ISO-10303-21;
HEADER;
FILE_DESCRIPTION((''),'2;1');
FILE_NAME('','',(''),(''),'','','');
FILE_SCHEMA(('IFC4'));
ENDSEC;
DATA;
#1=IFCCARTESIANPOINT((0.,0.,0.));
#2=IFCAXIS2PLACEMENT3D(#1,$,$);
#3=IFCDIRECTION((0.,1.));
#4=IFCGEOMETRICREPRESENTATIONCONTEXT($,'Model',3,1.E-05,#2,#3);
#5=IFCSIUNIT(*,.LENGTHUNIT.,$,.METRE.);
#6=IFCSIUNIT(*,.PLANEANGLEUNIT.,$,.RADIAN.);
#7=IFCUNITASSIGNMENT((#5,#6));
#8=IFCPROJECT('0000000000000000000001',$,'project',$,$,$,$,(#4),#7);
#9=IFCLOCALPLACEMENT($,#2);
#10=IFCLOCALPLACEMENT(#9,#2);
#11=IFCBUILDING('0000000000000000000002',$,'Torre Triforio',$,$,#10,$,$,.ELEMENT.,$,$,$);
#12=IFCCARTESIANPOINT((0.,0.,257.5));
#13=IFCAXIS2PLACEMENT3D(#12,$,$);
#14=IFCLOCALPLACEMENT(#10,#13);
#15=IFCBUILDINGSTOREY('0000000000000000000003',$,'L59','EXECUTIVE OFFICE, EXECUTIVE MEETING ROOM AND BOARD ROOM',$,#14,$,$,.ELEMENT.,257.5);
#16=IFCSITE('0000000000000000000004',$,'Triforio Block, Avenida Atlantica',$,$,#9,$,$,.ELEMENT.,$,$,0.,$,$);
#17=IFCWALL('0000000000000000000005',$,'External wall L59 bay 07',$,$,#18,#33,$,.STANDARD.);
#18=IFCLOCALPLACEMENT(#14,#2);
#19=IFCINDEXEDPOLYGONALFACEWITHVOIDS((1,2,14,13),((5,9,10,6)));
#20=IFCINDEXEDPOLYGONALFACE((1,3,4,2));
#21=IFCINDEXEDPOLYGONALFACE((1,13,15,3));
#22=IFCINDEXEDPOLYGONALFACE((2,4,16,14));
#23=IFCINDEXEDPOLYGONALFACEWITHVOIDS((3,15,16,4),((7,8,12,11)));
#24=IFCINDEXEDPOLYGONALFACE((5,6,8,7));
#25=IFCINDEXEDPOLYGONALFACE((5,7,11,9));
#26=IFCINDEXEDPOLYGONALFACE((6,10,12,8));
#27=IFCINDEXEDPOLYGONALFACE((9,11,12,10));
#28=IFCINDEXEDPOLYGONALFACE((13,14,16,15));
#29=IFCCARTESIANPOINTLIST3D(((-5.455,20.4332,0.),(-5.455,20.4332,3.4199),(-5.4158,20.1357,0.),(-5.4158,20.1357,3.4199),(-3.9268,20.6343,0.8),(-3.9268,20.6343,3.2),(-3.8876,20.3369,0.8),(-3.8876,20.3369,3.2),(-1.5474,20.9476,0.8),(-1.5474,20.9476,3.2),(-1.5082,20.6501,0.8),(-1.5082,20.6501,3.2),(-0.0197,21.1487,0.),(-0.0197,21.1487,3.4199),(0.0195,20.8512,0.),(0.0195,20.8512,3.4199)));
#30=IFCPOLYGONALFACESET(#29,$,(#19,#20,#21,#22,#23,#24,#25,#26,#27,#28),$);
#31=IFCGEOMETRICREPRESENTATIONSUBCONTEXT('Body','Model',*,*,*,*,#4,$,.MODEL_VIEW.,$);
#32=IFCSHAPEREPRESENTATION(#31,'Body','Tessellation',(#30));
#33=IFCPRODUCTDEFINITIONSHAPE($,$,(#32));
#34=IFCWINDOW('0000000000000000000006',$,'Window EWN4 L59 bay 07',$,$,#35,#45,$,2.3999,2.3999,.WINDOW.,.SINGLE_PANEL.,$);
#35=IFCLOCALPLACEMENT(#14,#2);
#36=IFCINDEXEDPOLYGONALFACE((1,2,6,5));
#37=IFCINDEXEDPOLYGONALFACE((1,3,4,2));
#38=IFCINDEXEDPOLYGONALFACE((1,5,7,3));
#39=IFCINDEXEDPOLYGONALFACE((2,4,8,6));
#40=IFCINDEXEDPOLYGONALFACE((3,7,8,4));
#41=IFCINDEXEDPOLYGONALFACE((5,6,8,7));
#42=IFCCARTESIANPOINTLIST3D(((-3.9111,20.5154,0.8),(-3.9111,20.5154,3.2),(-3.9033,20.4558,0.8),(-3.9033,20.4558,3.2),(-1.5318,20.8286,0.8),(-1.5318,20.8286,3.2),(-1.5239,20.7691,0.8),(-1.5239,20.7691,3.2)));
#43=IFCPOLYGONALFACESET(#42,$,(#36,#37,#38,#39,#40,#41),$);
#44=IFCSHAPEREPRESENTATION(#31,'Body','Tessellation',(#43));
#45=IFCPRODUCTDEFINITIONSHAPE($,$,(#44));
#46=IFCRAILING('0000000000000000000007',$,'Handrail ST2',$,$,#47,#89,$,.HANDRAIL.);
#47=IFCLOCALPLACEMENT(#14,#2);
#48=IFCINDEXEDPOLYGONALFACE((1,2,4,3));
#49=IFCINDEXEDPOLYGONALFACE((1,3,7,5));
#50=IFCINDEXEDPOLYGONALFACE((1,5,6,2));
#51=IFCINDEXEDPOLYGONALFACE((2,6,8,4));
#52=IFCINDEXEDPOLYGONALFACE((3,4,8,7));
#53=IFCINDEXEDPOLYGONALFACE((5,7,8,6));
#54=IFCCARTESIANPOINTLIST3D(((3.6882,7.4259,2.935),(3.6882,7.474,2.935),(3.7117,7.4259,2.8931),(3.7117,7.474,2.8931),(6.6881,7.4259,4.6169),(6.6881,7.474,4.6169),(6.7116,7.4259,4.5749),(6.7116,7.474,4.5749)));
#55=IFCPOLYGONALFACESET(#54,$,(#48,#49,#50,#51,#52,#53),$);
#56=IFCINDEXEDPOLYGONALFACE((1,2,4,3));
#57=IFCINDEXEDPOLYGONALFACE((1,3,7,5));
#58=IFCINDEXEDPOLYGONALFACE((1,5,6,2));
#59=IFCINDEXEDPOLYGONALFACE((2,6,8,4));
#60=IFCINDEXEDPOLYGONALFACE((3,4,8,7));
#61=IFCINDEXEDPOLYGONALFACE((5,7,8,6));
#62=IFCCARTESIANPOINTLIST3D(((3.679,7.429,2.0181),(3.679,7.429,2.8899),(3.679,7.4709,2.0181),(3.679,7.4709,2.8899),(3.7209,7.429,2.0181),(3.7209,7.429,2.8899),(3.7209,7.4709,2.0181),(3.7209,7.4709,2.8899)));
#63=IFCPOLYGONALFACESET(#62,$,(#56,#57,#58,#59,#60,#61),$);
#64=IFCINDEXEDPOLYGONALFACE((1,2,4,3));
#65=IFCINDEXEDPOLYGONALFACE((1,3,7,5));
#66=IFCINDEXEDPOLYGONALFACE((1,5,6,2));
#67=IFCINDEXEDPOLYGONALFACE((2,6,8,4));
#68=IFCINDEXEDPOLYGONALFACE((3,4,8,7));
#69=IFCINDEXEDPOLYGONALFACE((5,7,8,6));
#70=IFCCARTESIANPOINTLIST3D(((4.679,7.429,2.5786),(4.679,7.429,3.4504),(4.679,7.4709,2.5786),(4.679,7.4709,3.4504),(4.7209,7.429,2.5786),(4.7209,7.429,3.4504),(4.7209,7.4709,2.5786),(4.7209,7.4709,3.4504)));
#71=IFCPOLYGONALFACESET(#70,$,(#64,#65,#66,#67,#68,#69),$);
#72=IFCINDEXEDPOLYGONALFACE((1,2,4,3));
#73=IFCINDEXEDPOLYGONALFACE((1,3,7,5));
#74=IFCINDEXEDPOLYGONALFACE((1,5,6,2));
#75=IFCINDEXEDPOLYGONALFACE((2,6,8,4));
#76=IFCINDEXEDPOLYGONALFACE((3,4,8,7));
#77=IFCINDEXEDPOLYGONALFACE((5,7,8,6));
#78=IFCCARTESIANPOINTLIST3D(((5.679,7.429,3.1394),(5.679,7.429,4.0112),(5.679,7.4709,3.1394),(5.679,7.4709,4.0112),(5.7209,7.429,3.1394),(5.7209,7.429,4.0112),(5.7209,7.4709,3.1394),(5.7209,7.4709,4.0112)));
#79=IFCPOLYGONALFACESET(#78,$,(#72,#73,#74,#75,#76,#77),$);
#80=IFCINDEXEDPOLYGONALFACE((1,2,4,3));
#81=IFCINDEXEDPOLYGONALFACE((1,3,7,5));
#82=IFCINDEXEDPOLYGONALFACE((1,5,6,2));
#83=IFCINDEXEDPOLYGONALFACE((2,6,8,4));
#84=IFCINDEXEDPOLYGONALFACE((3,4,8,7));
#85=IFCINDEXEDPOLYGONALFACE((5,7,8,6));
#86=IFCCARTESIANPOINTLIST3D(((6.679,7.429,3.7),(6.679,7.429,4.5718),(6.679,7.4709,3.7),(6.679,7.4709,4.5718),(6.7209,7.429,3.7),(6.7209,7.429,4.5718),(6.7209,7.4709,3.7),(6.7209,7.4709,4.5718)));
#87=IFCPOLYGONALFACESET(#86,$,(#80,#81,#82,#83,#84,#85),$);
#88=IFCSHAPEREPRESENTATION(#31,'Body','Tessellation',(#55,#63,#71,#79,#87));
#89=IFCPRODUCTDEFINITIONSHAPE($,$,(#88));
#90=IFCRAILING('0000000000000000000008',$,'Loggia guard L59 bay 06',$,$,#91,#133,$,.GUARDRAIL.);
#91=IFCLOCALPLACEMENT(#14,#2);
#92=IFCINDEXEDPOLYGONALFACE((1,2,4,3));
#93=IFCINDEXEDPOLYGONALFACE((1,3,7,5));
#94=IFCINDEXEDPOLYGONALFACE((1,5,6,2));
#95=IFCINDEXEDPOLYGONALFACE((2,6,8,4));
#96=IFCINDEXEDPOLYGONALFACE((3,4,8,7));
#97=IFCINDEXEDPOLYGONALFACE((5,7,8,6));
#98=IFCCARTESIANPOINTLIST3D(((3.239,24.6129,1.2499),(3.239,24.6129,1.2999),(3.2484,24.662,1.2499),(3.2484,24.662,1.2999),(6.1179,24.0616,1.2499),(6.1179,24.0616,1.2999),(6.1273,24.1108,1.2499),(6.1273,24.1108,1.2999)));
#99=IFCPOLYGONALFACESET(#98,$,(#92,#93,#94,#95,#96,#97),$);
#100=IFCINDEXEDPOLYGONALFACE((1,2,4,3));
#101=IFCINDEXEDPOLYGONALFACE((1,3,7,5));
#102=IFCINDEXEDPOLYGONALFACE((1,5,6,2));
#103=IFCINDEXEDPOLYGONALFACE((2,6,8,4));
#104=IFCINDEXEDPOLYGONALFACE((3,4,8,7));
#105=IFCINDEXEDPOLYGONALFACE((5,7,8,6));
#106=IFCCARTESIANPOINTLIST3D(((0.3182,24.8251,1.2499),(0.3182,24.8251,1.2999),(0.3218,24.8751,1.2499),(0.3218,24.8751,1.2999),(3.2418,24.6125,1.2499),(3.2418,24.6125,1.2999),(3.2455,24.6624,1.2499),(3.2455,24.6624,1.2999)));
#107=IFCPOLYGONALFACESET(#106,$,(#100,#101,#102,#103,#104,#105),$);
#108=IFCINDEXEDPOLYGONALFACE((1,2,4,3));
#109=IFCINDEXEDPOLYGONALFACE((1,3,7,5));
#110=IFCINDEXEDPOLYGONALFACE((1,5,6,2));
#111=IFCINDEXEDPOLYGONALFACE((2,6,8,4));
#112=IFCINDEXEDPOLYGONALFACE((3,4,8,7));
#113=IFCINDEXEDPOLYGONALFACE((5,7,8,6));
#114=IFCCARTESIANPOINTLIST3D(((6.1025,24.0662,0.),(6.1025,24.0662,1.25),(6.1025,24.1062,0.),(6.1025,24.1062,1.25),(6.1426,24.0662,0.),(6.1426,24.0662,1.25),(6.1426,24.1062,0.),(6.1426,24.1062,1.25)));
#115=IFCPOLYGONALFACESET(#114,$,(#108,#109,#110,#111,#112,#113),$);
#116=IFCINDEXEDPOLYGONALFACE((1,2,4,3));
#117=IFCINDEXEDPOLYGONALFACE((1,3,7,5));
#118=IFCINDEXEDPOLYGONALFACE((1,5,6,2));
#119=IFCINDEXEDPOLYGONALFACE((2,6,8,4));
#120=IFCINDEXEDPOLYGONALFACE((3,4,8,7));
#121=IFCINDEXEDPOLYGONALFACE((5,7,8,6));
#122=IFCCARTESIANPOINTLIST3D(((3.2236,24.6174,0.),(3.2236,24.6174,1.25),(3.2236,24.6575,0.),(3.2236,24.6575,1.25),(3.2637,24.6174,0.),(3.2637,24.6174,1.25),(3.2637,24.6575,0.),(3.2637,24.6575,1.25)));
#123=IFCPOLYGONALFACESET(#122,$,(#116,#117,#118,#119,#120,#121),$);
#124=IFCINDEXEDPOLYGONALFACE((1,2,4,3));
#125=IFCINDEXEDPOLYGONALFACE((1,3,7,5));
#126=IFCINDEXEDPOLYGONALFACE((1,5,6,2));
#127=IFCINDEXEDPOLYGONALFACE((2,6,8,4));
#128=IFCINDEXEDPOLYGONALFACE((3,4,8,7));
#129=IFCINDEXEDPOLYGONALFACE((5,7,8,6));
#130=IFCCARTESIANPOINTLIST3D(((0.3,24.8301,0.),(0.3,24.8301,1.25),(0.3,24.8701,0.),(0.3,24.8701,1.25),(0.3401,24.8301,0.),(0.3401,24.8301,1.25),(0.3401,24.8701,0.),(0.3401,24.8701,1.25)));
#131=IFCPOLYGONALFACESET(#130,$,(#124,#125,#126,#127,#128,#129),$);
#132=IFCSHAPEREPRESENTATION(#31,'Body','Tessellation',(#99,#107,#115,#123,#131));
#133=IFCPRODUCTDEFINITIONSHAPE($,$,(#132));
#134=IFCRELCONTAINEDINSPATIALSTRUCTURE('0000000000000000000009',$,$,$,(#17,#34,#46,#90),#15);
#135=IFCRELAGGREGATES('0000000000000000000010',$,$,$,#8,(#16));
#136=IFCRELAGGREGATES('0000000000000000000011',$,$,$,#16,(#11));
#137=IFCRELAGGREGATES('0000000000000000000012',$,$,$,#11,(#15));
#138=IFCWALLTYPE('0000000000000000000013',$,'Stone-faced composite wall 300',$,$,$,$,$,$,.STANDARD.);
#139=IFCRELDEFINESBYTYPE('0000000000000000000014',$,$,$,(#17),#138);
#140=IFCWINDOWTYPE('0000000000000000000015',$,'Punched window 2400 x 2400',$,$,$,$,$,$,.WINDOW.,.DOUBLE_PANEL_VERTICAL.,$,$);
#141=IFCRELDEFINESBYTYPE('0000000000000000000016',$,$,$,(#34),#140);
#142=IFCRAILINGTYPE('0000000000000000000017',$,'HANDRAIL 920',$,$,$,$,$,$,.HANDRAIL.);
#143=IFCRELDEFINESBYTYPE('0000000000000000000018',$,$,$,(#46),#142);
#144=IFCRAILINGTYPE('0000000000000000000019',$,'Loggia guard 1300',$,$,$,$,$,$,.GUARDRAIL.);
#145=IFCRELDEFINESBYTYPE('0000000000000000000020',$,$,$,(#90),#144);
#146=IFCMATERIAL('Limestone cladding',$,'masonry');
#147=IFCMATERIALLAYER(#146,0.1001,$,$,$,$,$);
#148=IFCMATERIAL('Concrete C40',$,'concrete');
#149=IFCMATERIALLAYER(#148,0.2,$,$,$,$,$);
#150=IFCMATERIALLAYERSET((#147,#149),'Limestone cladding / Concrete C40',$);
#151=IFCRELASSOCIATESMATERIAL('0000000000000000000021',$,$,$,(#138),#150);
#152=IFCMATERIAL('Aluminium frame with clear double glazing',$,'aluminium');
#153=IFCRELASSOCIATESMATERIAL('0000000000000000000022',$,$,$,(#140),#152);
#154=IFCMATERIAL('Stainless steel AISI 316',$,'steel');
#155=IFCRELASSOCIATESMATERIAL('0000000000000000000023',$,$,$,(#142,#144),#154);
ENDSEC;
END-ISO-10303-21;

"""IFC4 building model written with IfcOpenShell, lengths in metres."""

from ifc_helpers import new_model, si_unit, direction, frame, frame_2d, origin, origin_2d, place, context, subcontext, project, spatial, rectangle, extrude, material, layer, layer_set, type_object, element, fill, save


model = new_model("IFC4")

# Units and contexts
model_context = context("Model", 3, precision=1e-05, world=origin(), true_north=direction((0.0, 1.0)))
body_context = subcontext(model_context, "Body", "Model", "MODEL_VIEW")
ifc_project = project(units=[si_unit("LENGTHUNIT", "METRE"), si_unit("PLANEANGLEUNIT", "RADIAN")], contexts=[model_context])

# Site, building, storey
site_placement = place(None, origin())
site = spatial("IfcSite", under=ifc_project, at=site_placement, Name="Triforio Block, Avenida Atlantica", CompositionType="ELEMENT", RefElevation=0.0)
building_placement = place(site_placement, origin())
building = spatial("IfcBuilding", under=site, at=building_placement, Name="Torre Triforio", CompositionType="ELEMENT")
storey_placement = place(building_placement, frame((0.0, 0.0, 257.5)))
storey = spatial("IfcBuildingStorey", under=building, at=storey_placement, Name="L59", Description="EXECUTIVE OFFICE, EXECUTIVE MEETING ROOM AND BOARD ROOM", CompositionType="ELEMENT", Elevation=257.5)

# Shared definitions
ifc_material_1 = material(Name="Concrete C40", Category="concrete")

# Shared definitions
ifc_material_2 = material(Name="Limestone cladding", Category="masonry")
ifc_layer_1 = layer(ifc_material_2, 0.1001)
ifc_layer_2 = layer(ifc_material_1, 0.2)
ifc_layer_set_1 = layer_set([ifc_layer_1, ifc_layer_2], Name="Limestone cladding / Concrete C40")
wall_type_1 = type_object("IfcWallType", Name="Stone-faced composite wall 300", PredefinedType="STANDARD", material=ifc_layer_set_1)
ifc_material_3 = material(Name="Aluminium frame with clear double glazing", Category="aluminium")

# Wall, opening, window
wall_1_placement = place(storey_placement, frame((0.0, 21.0, 0.0), z_axis=(0.0, 0.0, 1.0), x_axis=(-0.991445, -0.130527, 0.0)))
wall_1 = element("IfcWall", 1, at=wall_1_placement, inside=storey, type_object=wall_type_1, Name="External wall L59 bay 07", PredefinedType="STANDARD", context=body_context, shape_type="SweptSolid", body=[
    extrude(rectangle(XDim=5.4822, YDim=0.3, at=frame_2d((2.7412, 0.0))), origin(), (0.0, 0.0, 1.0), 3.4199),
])
opening_1_placement = place(wall_1_placement, frame((1.541, 0.0, 0.8)))
opening_1 = element("IfcOpeningElement", 2, at=opening_1_placement, cuts=wall_1, PredefinedType="OPENING", context=body_context, shape_type="SweptSolid", body=[
    extrude(rectangle(XDim=2.3999, YDim=2.3999, at=frame_2d((1.2, 1.2))), frame((0.0, 0.1599, 0.0), z_axis=(0.0, -1.0, 0.0), x_axis=(1.0, 0.0, 0.0)), (0.0, 0.0, 1.0), 0.3201),
])
window_type_1 = type_object("IfcWindowType", Name="Punched window 2400 x 2400", PartitioningType="DOUBLE_PANEL_VERTICAL", PredefinedType="WINDOW", material=ifc_material_3)
window_1_placement = place(opening_1_placement, origin())
window_1 = element("IfcWindow", 3, at=window_1_placement, inside=storey, type_object=window_type_1, Name="Window EWN4 L59 bay 07", OverallHeight=2.3999, OverallWidth=2.3999, PartitioningType="SINGLE_PANEL", PredefinedType="WINDOW", context=body_context, shape_type="SweptSolid", body=[
    extrude(rectangle(XDim=2.3999, YDim=2.3999, at=frame_2d((1.2, 1.2))), frame((0.0, 0.03, 0.0), z_axis=(0.0, -1.0, 0.0), x_axis=(1.0, 0.0, 0.0)), (0.0, 0.0, 1.0), 0.0601),
])
fill(opening_1, window_1)

# Railings
ifc_material_4 = material(Name="Stainless steel AISI 316", Category="steel")
railing_type_1 = type_object("IfcRailingType", Name="HANDRAIL 920", PredefinedType="HANDRAIL", material=ifc_material_4)
railing_1_placement = place(storey_placement, frame((3.7, 7.45, 2.0181)))
element("IfcRailing", 4, at=railing_1_placement, inside=storey, type_object=railing_type_1, Name="Handrail ST2", PredefinedType="HANDRAIL", context=body_context, shape_type="SweptSolid", body=[
    extrude(rectangle(XDim=0.0481, YDim=0.0481, at=origin_2d()), frame((0.0, 0.0, 0.896), z_axis=(0.872272, 0.0, 0.48902), x_axis=(0.0, 1.0, 0.0)), (0.0, 0.0, 1.0), 3.4392),
    extrude(rectangle(XDim=0.042, YDim=0.042, at=origin_2d()), origin(), (0.0, 0.0, 1.0), 0.8718),
    extrude(rectangle(XDim=0.042, YDim=0.042, at=origin_2d()), frame((1.0, 0.0, 0.5605)), (0.0, 0.0, 1.0), 0.8718),
    extrude(rectangle(XDim=0.042, YDim=0.042, at=origin_2d()), frame((2.0, 0.0, 1.1213)), (0.0, 0.0, 1.0), 0.8718),
    extrude(rectangle(XDim=0.042, YDim=0.042, at=origin_2d()), frame((3.0, 0.0, 1.6819)), (0.0, 0.0, 1.0), 0.8718),
])
railing_type_2 = type_object("IfcRailingType", Name="Loggia guard 1300", PredefinedType="GUARDRAIL", material=ifc_material_4)
railing_2_placement = place(storey_placement, frame((6.1226, 24.0862, 0.0)))
element("IfcRailing", 5, at=railing_2_placement, inside=storey, type_object=railing_type_2, Name="Loggia guard L59 bay 06", PredefinedType="GUARDRAIL", context=body_context, shape_type="SweptSolid", body=[
    extrude(rectangle(XDim=0.05, YDim=0.05, at=origin_2d()), frame((0.0, 0.0, 1.2749), z_axis=(-0.982156, 0.188069, 0.0), x_axis=(-0.188069, -0.982156, 0.0)), (0.0, 0.0, 1.0), 2.9312),
    extrude(rectangle(XDim=0.05, YDim=0.05, at=origin_2d()), frame((-2.8789, 0.5513, 1.2749), z_axis=(-0.997365, 0.072543, 0.0), x_axis=(-0.072543, -0.997365, 0.0)), (0.0, 0.0, 1.0), 2.9314),
    extrude(rectangle(XDim=0.04, YDim=0.04, at=origin_2d()), origin(), (0.0, 0.0, 1.0), 1.25),
    extrude(rectangle(XDim=0.04, YDim=0.04, at=origin_2d()), frame((-2.8789, 0.5513, 0.0)), (0.0, 0.0, 1.0), 1.25),
    extrude(rectangle(XDim=0.04, YDim=0.04, at=origin_2d()), frame((-5.8025, 0.7639, 0.0)), (0.0, 0.0, 1.0), 1.25),
])

save(model, "model.ifc")
